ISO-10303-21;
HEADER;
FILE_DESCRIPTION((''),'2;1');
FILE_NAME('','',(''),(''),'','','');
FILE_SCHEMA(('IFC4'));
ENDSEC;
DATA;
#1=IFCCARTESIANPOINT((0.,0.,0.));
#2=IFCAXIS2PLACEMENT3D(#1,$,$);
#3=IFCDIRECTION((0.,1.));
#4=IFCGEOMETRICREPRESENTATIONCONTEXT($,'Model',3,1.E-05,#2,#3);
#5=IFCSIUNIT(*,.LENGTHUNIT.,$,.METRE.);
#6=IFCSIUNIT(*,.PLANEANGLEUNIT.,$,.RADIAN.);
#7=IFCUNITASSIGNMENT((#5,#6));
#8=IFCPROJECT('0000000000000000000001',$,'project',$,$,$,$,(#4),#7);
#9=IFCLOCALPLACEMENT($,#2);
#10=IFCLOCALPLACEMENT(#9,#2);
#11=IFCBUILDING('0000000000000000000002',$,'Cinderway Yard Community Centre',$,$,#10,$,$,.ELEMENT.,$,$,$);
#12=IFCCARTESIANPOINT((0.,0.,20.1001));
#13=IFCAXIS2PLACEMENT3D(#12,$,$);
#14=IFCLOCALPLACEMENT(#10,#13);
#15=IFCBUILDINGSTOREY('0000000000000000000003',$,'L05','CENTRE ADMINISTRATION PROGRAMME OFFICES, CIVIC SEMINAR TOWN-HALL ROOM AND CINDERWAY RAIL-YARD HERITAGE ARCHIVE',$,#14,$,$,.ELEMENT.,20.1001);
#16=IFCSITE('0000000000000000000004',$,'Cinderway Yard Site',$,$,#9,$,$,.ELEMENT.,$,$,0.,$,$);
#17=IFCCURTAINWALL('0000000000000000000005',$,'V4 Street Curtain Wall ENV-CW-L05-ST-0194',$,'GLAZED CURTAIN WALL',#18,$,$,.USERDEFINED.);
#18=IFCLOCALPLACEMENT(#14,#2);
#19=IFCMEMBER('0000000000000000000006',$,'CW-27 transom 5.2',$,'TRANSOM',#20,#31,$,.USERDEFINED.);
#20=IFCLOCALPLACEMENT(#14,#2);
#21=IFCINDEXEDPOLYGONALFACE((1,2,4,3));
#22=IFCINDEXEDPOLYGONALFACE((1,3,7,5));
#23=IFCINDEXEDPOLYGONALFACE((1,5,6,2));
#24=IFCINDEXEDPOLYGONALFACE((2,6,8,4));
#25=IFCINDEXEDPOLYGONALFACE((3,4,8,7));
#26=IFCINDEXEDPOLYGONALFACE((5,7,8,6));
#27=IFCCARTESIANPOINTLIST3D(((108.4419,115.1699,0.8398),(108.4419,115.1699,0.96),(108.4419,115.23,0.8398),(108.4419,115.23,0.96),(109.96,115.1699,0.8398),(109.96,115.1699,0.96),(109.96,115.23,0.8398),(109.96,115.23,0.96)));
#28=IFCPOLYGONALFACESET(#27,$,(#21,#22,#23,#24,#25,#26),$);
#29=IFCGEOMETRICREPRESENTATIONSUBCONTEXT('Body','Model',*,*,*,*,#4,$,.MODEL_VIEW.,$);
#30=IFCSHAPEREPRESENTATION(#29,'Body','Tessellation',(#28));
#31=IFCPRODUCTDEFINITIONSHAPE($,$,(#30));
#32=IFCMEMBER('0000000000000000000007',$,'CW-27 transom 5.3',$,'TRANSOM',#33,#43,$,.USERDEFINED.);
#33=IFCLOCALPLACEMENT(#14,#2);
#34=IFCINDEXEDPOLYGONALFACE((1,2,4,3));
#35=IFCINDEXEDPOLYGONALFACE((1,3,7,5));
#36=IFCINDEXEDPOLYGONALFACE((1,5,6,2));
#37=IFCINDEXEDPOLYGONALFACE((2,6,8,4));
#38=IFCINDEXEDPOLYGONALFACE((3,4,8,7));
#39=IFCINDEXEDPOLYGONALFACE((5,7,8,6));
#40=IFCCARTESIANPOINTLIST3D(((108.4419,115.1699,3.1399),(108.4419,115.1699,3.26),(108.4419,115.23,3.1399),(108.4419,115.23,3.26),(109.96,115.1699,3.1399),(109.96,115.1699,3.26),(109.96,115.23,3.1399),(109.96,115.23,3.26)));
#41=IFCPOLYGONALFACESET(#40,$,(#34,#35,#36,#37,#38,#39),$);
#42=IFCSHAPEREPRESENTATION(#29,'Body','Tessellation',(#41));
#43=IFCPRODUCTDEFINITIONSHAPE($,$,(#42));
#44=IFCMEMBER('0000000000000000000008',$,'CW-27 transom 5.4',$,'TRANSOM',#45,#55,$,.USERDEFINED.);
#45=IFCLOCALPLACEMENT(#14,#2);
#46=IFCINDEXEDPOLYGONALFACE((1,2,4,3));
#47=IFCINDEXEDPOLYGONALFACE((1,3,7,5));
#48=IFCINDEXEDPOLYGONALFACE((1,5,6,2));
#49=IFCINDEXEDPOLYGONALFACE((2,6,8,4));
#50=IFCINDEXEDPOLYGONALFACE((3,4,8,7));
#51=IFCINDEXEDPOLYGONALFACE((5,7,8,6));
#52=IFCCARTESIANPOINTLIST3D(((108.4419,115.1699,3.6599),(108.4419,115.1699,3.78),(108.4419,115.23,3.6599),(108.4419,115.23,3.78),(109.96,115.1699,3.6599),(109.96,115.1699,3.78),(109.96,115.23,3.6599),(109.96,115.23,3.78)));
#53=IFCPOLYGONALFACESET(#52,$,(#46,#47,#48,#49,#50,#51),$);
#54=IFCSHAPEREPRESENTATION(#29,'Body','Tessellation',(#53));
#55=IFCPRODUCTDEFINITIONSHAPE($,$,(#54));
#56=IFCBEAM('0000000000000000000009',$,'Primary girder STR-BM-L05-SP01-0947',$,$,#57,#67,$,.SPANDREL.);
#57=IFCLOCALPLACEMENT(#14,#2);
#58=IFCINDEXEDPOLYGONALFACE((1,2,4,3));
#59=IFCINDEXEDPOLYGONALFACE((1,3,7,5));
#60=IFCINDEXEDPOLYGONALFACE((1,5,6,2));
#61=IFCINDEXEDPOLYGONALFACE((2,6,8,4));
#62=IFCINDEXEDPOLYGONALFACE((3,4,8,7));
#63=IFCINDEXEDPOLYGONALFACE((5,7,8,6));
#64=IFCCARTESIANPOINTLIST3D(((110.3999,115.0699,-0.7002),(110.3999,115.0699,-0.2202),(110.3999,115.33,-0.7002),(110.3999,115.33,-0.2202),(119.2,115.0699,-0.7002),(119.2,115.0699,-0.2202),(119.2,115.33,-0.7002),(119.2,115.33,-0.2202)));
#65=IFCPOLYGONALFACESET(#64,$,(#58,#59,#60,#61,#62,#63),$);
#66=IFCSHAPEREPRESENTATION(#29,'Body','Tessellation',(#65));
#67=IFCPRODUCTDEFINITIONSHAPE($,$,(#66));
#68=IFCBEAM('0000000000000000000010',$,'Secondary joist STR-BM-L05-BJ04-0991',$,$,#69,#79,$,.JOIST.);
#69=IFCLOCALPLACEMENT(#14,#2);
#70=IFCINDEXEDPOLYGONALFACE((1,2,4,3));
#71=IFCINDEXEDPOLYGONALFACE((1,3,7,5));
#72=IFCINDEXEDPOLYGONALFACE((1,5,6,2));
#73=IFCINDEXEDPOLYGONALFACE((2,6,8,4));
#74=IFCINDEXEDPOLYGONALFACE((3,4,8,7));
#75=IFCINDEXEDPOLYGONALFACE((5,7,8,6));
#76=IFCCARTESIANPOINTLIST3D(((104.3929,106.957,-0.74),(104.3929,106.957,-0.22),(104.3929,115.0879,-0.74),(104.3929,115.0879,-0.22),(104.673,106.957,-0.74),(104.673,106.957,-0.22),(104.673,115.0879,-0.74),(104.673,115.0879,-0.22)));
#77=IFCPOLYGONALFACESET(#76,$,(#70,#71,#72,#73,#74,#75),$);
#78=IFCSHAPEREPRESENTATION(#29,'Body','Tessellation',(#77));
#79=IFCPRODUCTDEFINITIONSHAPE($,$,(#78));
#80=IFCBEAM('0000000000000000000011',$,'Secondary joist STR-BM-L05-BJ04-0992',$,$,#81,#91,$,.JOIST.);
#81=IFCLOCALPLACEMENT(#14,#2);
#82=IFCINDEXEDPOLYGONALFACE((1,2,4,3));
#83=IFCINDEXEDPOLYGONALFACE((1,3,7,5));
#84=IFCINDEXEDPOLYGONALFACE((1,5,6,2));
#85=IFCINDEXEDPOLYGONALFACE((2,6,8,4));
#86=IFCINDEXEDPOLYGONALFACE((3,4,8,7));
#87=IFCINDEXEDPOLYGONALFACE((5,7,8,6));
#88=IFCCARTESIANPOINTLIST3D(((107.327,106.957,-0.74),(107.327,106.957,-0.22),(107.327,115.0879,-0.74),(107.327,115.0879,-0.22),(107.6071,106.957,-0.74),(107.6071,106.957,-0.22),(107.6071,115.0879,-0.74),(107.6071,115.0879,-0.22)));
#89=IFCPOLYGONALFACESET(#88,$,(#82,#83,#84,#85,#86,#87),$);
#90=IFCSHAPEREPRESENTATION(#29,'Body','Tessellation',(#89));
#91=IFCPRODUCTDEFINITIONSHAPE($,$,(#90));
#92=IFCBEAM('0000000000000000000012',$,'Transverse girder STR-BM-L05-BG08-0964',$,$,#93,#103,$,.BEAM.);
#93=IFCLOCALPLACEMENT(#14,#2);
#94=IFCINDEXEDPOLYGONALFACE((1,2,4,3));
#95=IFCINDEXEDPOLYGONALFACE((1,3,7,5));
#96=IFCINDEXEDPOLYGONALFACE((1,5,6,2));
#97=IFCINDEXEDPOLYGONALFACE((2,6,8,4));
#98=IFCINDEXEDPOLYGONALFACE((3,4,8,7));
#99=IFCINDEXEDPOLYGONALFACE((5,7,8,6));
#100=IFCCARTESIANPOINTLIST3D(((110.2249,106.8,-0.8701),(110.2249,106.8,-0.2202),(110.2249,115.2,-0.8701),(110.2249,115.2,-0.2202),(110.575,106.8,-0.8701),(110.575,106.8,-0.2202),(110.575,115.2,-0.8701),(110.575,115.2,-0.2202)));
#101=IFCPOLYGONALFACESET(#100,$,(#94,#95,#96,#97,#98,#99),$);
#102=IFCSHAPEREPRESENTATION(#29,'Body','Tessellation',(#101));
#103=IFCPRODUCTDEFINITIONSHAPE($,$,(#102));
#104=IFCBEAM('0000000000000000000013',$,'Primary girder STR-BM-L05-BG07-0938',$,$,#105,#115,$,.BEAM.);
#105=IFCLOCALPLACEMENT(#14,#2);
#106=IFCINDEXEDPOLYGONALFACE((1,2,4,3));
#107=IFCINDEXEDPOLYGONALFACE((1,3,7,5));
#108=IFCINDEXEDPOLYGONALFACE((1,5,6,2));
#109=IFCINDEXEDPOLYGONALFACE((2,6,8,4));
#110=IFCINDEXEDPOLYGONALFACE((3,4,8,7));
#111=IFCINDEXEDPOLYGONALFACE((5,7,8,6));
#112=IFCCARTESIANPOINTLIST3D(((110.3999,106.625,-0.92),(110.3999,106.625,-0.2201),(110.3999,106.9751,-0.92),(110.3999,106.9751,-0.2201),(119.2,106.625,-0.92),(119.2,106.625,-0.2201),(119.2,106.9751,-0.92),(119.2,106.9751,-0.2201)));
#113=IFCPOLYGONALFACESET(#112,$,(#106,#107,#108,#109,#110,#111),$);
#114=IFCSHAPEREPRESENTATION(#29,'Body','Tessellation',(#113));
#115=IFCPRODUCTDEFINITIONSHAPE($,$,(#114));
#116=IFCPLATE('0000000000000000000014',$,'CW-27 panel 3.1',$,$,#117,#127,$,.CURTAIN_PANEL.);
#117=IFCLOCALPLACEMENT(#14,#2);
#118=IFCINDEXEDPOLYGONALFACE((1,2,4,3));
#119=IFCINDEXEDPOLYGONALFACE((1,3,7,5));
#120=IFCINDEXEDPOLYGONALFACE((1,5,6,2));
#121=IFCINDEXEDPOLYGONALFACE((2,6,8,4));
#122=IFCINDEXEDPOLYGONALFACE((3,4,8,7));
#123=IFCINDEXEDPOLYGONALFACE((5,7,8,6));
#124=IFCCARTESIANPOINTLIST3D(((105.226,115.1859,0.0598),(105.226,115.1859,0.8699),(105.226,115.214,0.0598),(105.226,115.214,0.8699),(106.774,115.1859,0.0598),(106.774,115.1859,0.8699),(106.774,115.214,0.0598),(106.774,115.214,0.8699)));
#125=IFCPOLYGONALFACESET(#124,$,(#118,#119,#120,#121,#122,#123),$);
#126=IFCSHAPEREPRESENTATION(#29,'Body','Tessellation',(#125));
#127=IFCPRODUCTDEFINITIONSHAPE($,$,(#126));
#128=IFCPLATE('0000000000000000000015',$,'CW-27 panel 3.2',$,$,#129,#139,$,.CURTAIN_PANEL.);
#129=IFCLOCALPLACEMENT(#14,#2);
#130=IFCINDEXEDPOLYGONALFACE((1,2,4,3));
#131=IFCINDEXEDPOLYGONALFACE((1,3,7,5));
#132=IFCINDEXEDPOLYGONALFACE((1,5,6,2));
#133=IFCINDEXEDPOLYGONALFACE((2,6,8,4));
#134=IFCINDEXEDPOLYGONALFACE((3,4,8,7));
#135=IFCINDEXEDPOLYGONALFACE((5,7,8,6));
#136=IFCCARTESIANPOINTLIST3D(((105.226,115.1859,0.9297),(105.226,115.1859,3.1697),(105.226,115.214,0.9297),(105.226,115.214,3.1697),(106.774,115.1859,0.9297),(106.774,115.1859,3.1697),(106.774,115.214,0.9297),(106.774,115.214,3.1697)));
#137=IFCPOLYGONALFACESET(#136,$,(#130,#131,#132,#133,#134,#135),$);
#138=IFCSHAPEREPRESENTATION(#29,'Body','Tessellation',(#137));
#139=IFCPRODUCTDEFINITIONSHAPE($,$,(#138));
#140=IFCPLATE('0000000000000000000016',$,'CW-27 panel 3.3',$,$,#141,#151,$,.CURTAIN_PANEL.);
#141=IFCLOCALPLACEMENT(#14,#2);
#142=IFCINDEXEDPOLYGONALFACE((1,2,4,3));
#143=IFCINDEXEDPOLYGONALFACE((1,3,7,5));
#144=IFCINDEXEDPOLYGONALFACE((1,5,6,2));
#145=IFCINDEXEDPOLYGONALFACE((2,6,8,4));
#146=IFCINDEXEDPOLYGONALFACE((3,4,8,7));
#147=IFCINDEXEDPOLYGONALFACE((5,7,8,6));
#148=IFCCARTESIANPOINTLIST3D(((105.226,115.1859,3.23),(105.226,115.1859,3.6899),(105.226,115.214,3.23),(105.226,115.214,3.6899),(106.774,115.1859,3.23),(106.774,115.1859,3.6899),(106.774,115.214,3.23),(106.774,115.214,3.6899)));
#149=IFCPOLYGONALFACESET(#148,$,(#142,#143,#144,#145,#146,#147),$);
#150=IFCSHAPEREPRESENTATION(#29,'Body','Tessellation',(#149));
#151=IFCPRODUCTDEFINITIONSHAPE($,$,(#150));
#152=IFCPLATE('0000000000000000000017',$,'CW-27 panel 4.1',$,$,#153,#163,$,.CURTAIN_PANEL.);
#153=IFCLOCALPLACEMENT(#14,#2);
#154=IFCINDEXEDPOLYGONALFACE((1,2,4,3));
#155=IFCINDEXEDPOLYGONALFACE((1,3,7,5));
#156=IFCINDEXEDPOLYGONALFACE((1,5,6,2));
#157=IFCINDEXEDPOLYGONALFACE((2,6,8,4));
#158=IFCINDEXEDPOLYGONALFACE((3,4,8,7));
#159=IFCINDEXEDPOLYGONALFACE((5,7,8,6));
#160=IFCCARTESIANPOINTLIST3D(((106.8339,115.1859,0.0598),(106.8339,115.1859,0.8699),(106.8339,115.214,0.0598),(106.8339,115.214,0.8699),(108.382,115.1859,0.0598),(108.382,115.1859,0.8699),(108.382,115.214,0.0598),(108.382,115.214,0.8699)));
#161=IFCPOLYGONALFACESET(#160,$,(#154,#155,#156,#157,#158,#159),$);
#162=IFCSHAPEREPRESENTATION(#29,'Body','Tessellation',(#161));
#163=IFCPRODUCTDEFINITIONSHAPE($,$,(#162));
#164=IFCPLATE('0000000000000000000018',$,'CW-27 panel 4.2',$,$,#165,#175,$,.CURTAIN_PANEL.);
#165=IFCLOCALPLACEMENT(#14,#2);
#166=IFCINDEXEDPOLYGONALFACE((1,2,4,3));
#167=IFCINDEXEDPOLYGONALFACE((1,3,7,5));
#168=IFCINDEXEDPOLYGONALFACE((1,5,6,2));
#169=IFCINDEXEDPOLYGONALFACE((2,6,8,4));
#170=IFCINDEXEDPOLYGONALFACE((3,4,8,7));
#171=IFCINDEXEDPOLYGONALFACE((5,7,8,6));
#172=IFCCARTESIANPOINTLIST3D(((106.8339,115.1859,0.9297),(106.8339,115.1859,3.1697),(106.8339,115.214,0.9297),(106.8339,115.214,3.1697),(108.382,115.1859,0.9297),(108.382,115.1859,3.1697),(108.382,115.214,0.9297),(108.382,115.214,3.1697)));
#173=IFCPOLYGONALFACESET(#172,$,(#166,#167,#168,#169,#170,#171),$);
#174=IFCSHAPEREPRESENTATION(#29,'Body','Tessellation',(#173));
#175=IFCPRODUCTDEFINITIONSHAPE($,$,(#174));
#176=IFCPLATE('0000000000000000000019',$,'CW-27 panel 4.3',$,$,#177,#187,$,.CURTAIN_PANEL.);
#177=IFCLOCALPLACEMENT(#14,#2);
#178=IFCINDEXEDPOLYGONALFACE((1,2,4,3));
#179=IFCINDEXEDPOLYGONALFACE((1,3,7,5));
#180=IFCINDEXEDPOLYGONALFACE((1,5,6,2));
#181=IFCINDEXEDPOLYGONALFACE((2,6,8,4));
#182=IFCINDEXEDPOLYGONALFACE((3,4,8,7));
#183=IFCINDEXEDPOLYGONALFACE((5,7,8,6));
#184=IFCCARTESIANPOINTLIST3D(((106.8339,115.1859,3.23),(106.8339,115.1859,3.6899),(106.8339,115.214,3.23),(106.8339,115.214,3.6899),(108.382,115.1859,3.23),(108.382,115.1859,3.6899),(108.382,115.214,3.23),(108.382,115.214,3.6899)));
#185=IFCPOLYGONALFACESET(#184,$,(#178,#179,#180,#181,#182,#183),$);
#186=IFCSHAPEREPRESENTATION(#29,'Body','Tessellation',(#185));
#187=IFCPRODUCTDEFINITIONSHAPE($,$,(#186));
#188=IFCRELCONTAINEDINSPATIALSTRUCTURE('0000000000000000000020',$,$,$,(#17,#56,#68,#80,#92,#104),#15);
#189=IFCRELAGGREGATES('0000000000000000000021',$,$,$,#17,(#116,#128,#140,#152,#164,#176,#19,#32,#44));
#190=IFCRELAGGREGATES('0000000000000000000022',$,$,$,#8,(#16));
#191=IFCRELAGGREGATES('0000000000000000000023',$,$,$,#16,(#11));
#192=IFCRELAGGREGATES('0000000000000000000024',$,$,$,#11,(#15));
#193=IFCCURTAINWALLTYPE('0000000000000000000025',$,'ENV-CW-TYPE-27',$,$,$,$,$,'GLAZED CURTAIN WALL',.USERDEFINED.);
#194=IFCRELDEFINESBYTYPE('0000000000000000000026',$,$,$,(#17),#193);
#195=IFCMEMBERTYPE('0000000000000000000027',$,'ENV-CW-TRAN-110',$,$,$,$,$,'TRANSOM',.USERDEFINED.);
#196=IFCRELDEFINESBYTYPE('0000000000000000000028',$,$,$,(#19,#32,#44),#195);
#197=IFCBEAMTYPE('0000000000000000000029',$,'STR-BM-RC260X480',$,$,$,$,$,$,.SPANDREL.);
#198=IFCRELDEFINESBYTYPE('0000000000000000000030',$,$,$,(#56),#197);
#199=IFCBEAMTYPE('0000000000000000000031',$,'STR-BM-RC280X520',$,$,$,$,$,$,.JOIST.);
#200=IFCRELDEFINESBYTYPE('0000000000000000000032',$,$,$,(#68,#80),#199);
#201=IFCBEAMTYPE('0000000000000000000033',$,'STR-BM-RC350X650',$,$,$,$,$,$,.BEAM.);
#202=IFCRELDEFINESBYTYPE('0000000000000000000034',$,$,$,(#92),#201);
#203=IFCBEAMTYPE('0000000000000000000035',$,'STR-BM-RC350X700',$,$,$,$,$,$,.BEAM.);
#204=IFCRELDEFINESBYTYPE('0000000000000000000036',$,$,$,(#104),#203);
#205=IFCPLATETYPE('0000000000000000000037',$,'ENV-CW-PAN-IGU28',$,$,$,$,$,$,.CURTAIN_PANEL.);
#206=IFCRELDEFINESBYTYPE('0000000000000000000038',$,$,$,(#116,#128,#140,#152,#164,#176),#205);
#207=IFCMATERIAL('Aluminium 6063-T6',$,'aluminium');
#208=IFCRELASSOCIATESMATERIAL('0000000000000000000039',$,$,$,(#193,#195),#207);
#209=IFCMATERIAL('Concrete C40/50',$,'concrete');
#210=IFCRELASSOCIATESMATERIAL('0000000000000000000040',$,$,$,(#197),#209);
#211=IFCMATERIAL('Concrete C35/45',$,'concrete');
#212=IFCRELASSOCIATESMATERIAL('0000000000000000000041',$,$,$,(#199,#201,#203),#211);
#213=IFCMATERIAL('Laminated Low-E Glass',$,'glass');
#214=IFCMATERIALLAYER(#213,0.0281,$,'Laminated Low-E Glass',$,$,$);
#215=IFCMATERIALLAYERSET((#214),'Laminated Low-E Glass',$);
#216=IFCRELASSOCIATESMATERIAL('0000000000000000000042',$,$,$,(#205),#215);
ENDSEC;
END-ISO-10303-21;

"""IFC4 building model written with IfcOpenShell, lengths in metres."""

from ifc_helpers import new_model, si_unit, direction, frame, origin, origin_2d, place, context, subcontext, project, spatial, rectangle, extrude, material, layer, layer_set, material_profile, profile_set, type_object, element, aggregate, save


model = new_model("IFC4")

# Units and contexts
model_context = context("Model", 3, precision=1e-05, world=origin(), true_north=direction((0.0, 1.0)))
body_context = subcontext(model_context, "Body", "Model", "MODEL_VIEW")
ifc_project = project(units=[si_unit("LENGTHUNIT", "METRE"), si_unit("PLANEANGLEUNIT", "RADIAN")], contexts=[model_context])

# Site, building, storey
site_placement = place(None, origin())
site = spatial("IfcSite", under=ifc_project, at=site_placement, Name="Cinderway Yard Site", CompositionType="ELEMENT", RefElevation=0.0)
building_placement = place(site_placement, origin())
building = spatial("IfcBuilding", under=site, at=building_placement, Name="Cinderway Yard Community Centre", CompositionType="ELEMENT")
storey_placement = place(building_placement, frame((0.0, 0.0, 20.1001)))
storey = spatial("IfcBuildingStorey", under=building, at=storey_placement, Name="L05", Description="CENTRE ADMINISTRATION PROGRAMME OFFICES, CIVIC SEMINAR TOWN-HALL ROOM AND CINDERWAY RAIL-YARD HERITAGE ARCHIVE", CompositionType="ELEMENT", Elevation=20.1001)

# Shared definitions
ifc_material_1 = material(Name="Concrete C40/50", Category="concrete")

# Curtain wall, members
ifc_material_2 = material(Name="Aluminium 6063-T6", Category="aluminium")
curtain_wall_type = type_object("IfcCurtainWallType", Name="ENV-CW-TYPE-27", ElementType="GLAZED CURTAIN WALL", PredefinedType="USERDEFINED", material=ifc_material_2)
curtain_wall_placement = place(storey_placement, origin())
curtain_wall = element("IfcCurtainWall", 1, at=curtain_wall_placement, inside=storey, type_object=curtain_wall_type, Name="V4 Street Curtain Wall ENV-CW-L05-ST-0194", ObjectType="GLAZED CURTAIN WALL", PredefinedType="USERDEFINED")
ifc_material_profile_1 = material_profile(ifc_material_2, rectangle(XDim=0.0601, YDim=0.1201, at=origin_2d()), Name="Aluminium 6063-T6")
ifc_profile_set_1 = profile_set([ifc_material_profile_1], Name="Aluminium 6063-T6")
member_type_1 = type_object("IfcMemberType", Name="ENV-CW-TRAN-110", ElementType="TRANSOM", PredefinedType="USERDEFINED", material=ifc_profile_set_1)
member_1_placement = place(storey_placement, frame((108.4419, 115.2, 0.8999), z_axis=(1.0, 0.0, 0.0), x_axis=(0.0, 1.0, 0.0)))
member_1 = element("IfcMember", 2, at=member_1_placement, type_object=member_type_1, Name="CW-27 transom 5.2", ObjectType="TRANSOM", PredefinedType="USERDEFINED", context=body_context, shape_type="SweptSolid", body=[
    extrude(rectangle(XDim=0.0601, YDim=0.1201, at=origin_2d()), origin(), (0.0, 0.0, 1.0), 1.5181),
])
member_2_placement = place(storey_placement, frame((108.4419, 115.2, 3.2), z_axis=(1.0, 0.0, 0.0), x_axis=(0.0, 1.0, 0.0)))
member_2 = element("IfcMember", 3, at=member_2_placement, type_object=member_type_1, Name="CW-27 transom 5.3", ObjectType="TRANSOM", PredefinedType="USERDEFINED", context=body_context, shape_type="SweptSolid", body=[
    extrude(rectangle(XDim=0.0601, YDim=0.1201, at=origin_2d()), origin(), (0.0, 0.0, 1.0), 1.5181),
])
member_3_placement = place(storey_placement, frame((108.4419, 115.2, 3.72), z_axis=(1.0, 0.0, 0.0), x_axis=(0.0, 1.0, 0.0)))
member_3 = element("IfcMember", 4, at=member_3_placement, type_object=member_type_1, Name="CW-27 transom 5.4", ObjectType="TRANSOM", PredefinedType="USERDEFINED", context=body_context, shape_type="SweptSolid", body=[
    extrude(rectangle(XDim=0.0601, YDim=0.1201, at=origin_2d()), origin(), (0.0, 0.0, 1.0), 1.5181),
])

# Beams
ifc_material_profile_2 = material_profile(ifc_material_1, rectangle(XDim=0.26, YDim=0.48, at=origin_2d()), Name="Concrete C40/50")
ifc_profile_set_2 = profile_set([ifc_material_profile_2], Name="Concrete C40/50")
beam_type_1 = type_object("IfcBeamType", Name="STR-BM-RC260X480", PredefinedType="SPANDREL", material=ifc_profile_set_2)
beam_1_placement = place(storey_placement, frame((110.3999, 115.2, -0.4602), z_axis=(1.0, 0.0, 0.0), x_axis=(0.0, 1.0, 0.0)))
element("IfcBeam", 5, at=beam_1_placement, inside=storey, type_object=beam_type_1, Name="Primary girder STR-BM-L05-SP01-0947", PredefinedType="SPANDREL", context=body_context, shape_type="SweptSolid", body=[
    extrude(rectangle(XDim=0.26, YDim=0.48, at=origin_2d()), origin(), (0.0, 0.0, 1.0), 8.8),
])
ifc_material_3 = material(Name="Concrete C35/45", Category="concrete")
ifc_material_profile_3 = material_profile(ifc_material_3, rectangle(XDim=0.28, YDim=0.52, at=origin_2d()), Name="Concrete C35/45")
ifc_profile_set_3 = profile_set([ifc_material_profile_3], Name="Concrete C35/45")
beam_type_2 = type_object("IfcBeamType", Name="STR-BM-RC280X520", PredefinedType="JOIST", material=ifc_profile_set_3)
for number, where, z_axis, x_axis, name in (
    (6, (104.533, 106.957, -0.48), (0.0, 1.0, 0.0), (-1.0, 0.0, 0.0), "Secondary joist STR-BM-L05-BJ04-0991"),
    (7, (107.467, 106.957, -0.48), (0.0, 1.0, 0.0), (-1.0, 0.0, 0.0), "Secondary joist STR-BM-L05-BJ04-0992"),
):
    element("IfcBeam", number, at=place(storey_placement, frame(where, z_axis=z_axis, x_axis=x_axis)), inside=storey, type_object=beam_type_2, Name=name, PredefinedType="JOIST", context=body_context, shape_type="SweptSolid", body=[
        extrude(rectangle(XDim=0.28, YDim=0.52, at=origin_2d()), origin(), (0.0, 0.0, 1.0), 8.1309),
    ])
ifc_material_profile_4 = material_profile(ifc_material_3, rectangle(XDim=0.3501, YDim=0.6499, at=origin_2d()), Name="Concrete C35/45")
ifc_profile_set_4 = profile_set([ifc_material_profile_4], Name="Concrete C35/45")
beam_type_3 = type_object("IfcBeamType", Name="STR-BM-RC350X650", PredefinedType="BEAM", material=ifc_profile_set_4)
beam_2_placement = place(storey_placement, frame((110.3999, 106.8, -0.5452), z_axis=(0.0, 1.0, 0.0), x_axis=(-1.0, 0.0, 0.0)))
element("IfcBeam", 8, at=beam_2_placement, inside=storey, type_object=beam_type_3, Name="Transverse girder STR-BM-L05-BG08-0964", PredefinedType="BEAM", context=body_context, shape_type="SweptSolid", body=[
    extrude(rectangle(XDim=0.3501, YDim=0.6499, at=origin_2d()), origin(), (0.0, 0.0, 1.0), 8.3999),
])
ifc_material_profile_5 = material_profile(ifc_material_3, rectangle(XDim=0.3501, YDim=0.7, at=origin_2d()), Name="Concrete C35/45")
ifc_profile_set_5 = profile_set([ifc_material_profile_5], Name="Concrete C35/45")
beam_type_4 = type_object("IfcBeamType", Name="STR-BM-RC350X700", PredefinedType="BEAM", material=ifc_profile_set_5)
beam_3_placement = place(storey_placement, frame((110.3999, 106.8, -0.5701), z_axis=(1.0, 0.0, 0.0), x_axis=(0.0, 1.0, 0.0)))
element("IfcBeam", 9, at=beam_3_placement, inside=storey, type_object=beam_type_4, Name="Primary girder STR-BM-L05-BG07-0938", PredefinedType="BEAM", context=body_context, shape_type="SweptSolid", body=[
    extrude(rectangle(XDim=0.3501, YDim=0.7, at=origin_2d()), origin(), (0.0, 0.0, 1.0), 8.8),
])

# Plates
ifc_material_4 = material(Name="Laminated Low-E Glass", Category="glass")
ifc_layer_1 = layer(ifc_material_4, 0.0281, Name="Laminated Low-E Glass")
ifc_layer_set_1 = layer_set([ifc_layer_1], Name="Laminated Low-E Glass")
plate_type = type_object("IfcPlateType", Name="ENV-CW-PAN-IGU28", PredefinedType="CURTAIN_PANEL", material=ifc_layer_set_1)
plate_1_placement = place(storey_placement, frame((106.0, 115.2, 0.0598), z_axis=(0.0, 0.0, 1.0), x_axis=(1.0, 0.0, 0.0)))
plate_1 = element("IfcPlate", 10, at=plate_1_placement, type_object=plate_type, Name="CW-27 panel 3.1", PredefinedType="CURTAIN_PANEL", context=body_context, shape_type="SweptSolid", body=[
    extrude(rectangle(XDim=1.5481, YDim=0.0281, at=origin_2d()), origin(), (0.0, 0.0, 1.0), 0.8101),
])
plate_2_placement = place(storey_placement, frame((106.0, 115.2, 0.9297), z_axis=(0.0, 0.0, 1.0), x_axis=(1.0, 0.0, 0.0)))
plate_2 = element("IfcPlate", 11, at=plate_2_placement, type_object=plate_type, Name="CW-27 panel 3.2", PredefinedType="CURTAIN_PANEL", context=body_context, shape_type="SweptSolid", body=[
    extrude(rectangle(XDim=1.5481, YDim=0.0281, at=origin_2d()), origin(), (0.0, 0.0, 1.0), 2.24),
])
plate_3_placement = place(storey_placement, frame((106.0, 115.2, 3.23), z_axis=(0.0, 0.0, 1.0), x_axis=(1.0, 0.0, 0.0)))
plate_3 = element("IfcPlate", 12, at=plate_3_placement, type_object=plate_type, Name="CW-27 panel 3.3", PredefinedType="CURTAIN_PANEL", context=body_context, shape_type="SweptSolid", body=[
    extrude(rectangle(XDim=1.5481, YDim=0.0281, at=origin_2d()), origin(), (0.0, 0.0, 1.0), 0.46),
])
plate_4_placement = place(storey_placement, frame((107.6079, 115.2, 0.0598), z_axis=(0.0, 0.0, 1.0), x_axis=(1.0, 0.0, 0.0)))
plate_4 = element("IfcPlate", 13, at=plate_4_placement, type_object=plate_type, Name="CW-27 panel 4.1", PredefinedType="CURTAIN_PANEL", context=body_context, shape_type="SweptSolid", body=[
    extrude(rectangle(XDim=1.5481, YDim=0.0281, at=origin_2d()), origin(), (0.0, 0.0, 1.0), 0.8101),
])
plate_5_placement = place(storey_placement, frame((107.6079, 115.2, 0.9297), z_axis=(0.0, 0.0, 1.0), x_axis=(1.0, 0.0, 0.0)))
plate_5 = element("IfcPlate", 14, at=plate_5_placement, type_object=plate_type, Name="CW-27 panel 4.2", PredefinedType="CURTAIN_PANEL", context=body_context, shape_type="SweptSolid", body=[
    extrude(rectangle(XDim=1.5481, YDim=0.0281, at=origin_2d()), origin(), (0.0, 0.0, 1.0), 2.24),
])
plate_6_placement = place(storey_placement, frame((107.6079, 115.2, 3.23), z_axis=(0.0, 0.0, 1.0), x_axis=(1.0, 0.0, 0.0)))
plate_6 = element("IfcPlate", 15, at=plate_6_placement, type_object=plate_type, Name="CW-27 panel 4.3", PredefinedType="CURTAIN_PANEL", context=body_context, shape_type="SweptSolid", body=[
    extrude(rectangle(XDim=1.5481, YDim=0.0281, at=origin_2d()), origin(), (0.0, 0.0, 1.0), 0.46),
])
aggregate(curtain_wall, [plate_1, plate_2, plate_3, plate_4, plate_5, plate_6, member_1, member_2, member_3])

save(model, "model.ifc")
